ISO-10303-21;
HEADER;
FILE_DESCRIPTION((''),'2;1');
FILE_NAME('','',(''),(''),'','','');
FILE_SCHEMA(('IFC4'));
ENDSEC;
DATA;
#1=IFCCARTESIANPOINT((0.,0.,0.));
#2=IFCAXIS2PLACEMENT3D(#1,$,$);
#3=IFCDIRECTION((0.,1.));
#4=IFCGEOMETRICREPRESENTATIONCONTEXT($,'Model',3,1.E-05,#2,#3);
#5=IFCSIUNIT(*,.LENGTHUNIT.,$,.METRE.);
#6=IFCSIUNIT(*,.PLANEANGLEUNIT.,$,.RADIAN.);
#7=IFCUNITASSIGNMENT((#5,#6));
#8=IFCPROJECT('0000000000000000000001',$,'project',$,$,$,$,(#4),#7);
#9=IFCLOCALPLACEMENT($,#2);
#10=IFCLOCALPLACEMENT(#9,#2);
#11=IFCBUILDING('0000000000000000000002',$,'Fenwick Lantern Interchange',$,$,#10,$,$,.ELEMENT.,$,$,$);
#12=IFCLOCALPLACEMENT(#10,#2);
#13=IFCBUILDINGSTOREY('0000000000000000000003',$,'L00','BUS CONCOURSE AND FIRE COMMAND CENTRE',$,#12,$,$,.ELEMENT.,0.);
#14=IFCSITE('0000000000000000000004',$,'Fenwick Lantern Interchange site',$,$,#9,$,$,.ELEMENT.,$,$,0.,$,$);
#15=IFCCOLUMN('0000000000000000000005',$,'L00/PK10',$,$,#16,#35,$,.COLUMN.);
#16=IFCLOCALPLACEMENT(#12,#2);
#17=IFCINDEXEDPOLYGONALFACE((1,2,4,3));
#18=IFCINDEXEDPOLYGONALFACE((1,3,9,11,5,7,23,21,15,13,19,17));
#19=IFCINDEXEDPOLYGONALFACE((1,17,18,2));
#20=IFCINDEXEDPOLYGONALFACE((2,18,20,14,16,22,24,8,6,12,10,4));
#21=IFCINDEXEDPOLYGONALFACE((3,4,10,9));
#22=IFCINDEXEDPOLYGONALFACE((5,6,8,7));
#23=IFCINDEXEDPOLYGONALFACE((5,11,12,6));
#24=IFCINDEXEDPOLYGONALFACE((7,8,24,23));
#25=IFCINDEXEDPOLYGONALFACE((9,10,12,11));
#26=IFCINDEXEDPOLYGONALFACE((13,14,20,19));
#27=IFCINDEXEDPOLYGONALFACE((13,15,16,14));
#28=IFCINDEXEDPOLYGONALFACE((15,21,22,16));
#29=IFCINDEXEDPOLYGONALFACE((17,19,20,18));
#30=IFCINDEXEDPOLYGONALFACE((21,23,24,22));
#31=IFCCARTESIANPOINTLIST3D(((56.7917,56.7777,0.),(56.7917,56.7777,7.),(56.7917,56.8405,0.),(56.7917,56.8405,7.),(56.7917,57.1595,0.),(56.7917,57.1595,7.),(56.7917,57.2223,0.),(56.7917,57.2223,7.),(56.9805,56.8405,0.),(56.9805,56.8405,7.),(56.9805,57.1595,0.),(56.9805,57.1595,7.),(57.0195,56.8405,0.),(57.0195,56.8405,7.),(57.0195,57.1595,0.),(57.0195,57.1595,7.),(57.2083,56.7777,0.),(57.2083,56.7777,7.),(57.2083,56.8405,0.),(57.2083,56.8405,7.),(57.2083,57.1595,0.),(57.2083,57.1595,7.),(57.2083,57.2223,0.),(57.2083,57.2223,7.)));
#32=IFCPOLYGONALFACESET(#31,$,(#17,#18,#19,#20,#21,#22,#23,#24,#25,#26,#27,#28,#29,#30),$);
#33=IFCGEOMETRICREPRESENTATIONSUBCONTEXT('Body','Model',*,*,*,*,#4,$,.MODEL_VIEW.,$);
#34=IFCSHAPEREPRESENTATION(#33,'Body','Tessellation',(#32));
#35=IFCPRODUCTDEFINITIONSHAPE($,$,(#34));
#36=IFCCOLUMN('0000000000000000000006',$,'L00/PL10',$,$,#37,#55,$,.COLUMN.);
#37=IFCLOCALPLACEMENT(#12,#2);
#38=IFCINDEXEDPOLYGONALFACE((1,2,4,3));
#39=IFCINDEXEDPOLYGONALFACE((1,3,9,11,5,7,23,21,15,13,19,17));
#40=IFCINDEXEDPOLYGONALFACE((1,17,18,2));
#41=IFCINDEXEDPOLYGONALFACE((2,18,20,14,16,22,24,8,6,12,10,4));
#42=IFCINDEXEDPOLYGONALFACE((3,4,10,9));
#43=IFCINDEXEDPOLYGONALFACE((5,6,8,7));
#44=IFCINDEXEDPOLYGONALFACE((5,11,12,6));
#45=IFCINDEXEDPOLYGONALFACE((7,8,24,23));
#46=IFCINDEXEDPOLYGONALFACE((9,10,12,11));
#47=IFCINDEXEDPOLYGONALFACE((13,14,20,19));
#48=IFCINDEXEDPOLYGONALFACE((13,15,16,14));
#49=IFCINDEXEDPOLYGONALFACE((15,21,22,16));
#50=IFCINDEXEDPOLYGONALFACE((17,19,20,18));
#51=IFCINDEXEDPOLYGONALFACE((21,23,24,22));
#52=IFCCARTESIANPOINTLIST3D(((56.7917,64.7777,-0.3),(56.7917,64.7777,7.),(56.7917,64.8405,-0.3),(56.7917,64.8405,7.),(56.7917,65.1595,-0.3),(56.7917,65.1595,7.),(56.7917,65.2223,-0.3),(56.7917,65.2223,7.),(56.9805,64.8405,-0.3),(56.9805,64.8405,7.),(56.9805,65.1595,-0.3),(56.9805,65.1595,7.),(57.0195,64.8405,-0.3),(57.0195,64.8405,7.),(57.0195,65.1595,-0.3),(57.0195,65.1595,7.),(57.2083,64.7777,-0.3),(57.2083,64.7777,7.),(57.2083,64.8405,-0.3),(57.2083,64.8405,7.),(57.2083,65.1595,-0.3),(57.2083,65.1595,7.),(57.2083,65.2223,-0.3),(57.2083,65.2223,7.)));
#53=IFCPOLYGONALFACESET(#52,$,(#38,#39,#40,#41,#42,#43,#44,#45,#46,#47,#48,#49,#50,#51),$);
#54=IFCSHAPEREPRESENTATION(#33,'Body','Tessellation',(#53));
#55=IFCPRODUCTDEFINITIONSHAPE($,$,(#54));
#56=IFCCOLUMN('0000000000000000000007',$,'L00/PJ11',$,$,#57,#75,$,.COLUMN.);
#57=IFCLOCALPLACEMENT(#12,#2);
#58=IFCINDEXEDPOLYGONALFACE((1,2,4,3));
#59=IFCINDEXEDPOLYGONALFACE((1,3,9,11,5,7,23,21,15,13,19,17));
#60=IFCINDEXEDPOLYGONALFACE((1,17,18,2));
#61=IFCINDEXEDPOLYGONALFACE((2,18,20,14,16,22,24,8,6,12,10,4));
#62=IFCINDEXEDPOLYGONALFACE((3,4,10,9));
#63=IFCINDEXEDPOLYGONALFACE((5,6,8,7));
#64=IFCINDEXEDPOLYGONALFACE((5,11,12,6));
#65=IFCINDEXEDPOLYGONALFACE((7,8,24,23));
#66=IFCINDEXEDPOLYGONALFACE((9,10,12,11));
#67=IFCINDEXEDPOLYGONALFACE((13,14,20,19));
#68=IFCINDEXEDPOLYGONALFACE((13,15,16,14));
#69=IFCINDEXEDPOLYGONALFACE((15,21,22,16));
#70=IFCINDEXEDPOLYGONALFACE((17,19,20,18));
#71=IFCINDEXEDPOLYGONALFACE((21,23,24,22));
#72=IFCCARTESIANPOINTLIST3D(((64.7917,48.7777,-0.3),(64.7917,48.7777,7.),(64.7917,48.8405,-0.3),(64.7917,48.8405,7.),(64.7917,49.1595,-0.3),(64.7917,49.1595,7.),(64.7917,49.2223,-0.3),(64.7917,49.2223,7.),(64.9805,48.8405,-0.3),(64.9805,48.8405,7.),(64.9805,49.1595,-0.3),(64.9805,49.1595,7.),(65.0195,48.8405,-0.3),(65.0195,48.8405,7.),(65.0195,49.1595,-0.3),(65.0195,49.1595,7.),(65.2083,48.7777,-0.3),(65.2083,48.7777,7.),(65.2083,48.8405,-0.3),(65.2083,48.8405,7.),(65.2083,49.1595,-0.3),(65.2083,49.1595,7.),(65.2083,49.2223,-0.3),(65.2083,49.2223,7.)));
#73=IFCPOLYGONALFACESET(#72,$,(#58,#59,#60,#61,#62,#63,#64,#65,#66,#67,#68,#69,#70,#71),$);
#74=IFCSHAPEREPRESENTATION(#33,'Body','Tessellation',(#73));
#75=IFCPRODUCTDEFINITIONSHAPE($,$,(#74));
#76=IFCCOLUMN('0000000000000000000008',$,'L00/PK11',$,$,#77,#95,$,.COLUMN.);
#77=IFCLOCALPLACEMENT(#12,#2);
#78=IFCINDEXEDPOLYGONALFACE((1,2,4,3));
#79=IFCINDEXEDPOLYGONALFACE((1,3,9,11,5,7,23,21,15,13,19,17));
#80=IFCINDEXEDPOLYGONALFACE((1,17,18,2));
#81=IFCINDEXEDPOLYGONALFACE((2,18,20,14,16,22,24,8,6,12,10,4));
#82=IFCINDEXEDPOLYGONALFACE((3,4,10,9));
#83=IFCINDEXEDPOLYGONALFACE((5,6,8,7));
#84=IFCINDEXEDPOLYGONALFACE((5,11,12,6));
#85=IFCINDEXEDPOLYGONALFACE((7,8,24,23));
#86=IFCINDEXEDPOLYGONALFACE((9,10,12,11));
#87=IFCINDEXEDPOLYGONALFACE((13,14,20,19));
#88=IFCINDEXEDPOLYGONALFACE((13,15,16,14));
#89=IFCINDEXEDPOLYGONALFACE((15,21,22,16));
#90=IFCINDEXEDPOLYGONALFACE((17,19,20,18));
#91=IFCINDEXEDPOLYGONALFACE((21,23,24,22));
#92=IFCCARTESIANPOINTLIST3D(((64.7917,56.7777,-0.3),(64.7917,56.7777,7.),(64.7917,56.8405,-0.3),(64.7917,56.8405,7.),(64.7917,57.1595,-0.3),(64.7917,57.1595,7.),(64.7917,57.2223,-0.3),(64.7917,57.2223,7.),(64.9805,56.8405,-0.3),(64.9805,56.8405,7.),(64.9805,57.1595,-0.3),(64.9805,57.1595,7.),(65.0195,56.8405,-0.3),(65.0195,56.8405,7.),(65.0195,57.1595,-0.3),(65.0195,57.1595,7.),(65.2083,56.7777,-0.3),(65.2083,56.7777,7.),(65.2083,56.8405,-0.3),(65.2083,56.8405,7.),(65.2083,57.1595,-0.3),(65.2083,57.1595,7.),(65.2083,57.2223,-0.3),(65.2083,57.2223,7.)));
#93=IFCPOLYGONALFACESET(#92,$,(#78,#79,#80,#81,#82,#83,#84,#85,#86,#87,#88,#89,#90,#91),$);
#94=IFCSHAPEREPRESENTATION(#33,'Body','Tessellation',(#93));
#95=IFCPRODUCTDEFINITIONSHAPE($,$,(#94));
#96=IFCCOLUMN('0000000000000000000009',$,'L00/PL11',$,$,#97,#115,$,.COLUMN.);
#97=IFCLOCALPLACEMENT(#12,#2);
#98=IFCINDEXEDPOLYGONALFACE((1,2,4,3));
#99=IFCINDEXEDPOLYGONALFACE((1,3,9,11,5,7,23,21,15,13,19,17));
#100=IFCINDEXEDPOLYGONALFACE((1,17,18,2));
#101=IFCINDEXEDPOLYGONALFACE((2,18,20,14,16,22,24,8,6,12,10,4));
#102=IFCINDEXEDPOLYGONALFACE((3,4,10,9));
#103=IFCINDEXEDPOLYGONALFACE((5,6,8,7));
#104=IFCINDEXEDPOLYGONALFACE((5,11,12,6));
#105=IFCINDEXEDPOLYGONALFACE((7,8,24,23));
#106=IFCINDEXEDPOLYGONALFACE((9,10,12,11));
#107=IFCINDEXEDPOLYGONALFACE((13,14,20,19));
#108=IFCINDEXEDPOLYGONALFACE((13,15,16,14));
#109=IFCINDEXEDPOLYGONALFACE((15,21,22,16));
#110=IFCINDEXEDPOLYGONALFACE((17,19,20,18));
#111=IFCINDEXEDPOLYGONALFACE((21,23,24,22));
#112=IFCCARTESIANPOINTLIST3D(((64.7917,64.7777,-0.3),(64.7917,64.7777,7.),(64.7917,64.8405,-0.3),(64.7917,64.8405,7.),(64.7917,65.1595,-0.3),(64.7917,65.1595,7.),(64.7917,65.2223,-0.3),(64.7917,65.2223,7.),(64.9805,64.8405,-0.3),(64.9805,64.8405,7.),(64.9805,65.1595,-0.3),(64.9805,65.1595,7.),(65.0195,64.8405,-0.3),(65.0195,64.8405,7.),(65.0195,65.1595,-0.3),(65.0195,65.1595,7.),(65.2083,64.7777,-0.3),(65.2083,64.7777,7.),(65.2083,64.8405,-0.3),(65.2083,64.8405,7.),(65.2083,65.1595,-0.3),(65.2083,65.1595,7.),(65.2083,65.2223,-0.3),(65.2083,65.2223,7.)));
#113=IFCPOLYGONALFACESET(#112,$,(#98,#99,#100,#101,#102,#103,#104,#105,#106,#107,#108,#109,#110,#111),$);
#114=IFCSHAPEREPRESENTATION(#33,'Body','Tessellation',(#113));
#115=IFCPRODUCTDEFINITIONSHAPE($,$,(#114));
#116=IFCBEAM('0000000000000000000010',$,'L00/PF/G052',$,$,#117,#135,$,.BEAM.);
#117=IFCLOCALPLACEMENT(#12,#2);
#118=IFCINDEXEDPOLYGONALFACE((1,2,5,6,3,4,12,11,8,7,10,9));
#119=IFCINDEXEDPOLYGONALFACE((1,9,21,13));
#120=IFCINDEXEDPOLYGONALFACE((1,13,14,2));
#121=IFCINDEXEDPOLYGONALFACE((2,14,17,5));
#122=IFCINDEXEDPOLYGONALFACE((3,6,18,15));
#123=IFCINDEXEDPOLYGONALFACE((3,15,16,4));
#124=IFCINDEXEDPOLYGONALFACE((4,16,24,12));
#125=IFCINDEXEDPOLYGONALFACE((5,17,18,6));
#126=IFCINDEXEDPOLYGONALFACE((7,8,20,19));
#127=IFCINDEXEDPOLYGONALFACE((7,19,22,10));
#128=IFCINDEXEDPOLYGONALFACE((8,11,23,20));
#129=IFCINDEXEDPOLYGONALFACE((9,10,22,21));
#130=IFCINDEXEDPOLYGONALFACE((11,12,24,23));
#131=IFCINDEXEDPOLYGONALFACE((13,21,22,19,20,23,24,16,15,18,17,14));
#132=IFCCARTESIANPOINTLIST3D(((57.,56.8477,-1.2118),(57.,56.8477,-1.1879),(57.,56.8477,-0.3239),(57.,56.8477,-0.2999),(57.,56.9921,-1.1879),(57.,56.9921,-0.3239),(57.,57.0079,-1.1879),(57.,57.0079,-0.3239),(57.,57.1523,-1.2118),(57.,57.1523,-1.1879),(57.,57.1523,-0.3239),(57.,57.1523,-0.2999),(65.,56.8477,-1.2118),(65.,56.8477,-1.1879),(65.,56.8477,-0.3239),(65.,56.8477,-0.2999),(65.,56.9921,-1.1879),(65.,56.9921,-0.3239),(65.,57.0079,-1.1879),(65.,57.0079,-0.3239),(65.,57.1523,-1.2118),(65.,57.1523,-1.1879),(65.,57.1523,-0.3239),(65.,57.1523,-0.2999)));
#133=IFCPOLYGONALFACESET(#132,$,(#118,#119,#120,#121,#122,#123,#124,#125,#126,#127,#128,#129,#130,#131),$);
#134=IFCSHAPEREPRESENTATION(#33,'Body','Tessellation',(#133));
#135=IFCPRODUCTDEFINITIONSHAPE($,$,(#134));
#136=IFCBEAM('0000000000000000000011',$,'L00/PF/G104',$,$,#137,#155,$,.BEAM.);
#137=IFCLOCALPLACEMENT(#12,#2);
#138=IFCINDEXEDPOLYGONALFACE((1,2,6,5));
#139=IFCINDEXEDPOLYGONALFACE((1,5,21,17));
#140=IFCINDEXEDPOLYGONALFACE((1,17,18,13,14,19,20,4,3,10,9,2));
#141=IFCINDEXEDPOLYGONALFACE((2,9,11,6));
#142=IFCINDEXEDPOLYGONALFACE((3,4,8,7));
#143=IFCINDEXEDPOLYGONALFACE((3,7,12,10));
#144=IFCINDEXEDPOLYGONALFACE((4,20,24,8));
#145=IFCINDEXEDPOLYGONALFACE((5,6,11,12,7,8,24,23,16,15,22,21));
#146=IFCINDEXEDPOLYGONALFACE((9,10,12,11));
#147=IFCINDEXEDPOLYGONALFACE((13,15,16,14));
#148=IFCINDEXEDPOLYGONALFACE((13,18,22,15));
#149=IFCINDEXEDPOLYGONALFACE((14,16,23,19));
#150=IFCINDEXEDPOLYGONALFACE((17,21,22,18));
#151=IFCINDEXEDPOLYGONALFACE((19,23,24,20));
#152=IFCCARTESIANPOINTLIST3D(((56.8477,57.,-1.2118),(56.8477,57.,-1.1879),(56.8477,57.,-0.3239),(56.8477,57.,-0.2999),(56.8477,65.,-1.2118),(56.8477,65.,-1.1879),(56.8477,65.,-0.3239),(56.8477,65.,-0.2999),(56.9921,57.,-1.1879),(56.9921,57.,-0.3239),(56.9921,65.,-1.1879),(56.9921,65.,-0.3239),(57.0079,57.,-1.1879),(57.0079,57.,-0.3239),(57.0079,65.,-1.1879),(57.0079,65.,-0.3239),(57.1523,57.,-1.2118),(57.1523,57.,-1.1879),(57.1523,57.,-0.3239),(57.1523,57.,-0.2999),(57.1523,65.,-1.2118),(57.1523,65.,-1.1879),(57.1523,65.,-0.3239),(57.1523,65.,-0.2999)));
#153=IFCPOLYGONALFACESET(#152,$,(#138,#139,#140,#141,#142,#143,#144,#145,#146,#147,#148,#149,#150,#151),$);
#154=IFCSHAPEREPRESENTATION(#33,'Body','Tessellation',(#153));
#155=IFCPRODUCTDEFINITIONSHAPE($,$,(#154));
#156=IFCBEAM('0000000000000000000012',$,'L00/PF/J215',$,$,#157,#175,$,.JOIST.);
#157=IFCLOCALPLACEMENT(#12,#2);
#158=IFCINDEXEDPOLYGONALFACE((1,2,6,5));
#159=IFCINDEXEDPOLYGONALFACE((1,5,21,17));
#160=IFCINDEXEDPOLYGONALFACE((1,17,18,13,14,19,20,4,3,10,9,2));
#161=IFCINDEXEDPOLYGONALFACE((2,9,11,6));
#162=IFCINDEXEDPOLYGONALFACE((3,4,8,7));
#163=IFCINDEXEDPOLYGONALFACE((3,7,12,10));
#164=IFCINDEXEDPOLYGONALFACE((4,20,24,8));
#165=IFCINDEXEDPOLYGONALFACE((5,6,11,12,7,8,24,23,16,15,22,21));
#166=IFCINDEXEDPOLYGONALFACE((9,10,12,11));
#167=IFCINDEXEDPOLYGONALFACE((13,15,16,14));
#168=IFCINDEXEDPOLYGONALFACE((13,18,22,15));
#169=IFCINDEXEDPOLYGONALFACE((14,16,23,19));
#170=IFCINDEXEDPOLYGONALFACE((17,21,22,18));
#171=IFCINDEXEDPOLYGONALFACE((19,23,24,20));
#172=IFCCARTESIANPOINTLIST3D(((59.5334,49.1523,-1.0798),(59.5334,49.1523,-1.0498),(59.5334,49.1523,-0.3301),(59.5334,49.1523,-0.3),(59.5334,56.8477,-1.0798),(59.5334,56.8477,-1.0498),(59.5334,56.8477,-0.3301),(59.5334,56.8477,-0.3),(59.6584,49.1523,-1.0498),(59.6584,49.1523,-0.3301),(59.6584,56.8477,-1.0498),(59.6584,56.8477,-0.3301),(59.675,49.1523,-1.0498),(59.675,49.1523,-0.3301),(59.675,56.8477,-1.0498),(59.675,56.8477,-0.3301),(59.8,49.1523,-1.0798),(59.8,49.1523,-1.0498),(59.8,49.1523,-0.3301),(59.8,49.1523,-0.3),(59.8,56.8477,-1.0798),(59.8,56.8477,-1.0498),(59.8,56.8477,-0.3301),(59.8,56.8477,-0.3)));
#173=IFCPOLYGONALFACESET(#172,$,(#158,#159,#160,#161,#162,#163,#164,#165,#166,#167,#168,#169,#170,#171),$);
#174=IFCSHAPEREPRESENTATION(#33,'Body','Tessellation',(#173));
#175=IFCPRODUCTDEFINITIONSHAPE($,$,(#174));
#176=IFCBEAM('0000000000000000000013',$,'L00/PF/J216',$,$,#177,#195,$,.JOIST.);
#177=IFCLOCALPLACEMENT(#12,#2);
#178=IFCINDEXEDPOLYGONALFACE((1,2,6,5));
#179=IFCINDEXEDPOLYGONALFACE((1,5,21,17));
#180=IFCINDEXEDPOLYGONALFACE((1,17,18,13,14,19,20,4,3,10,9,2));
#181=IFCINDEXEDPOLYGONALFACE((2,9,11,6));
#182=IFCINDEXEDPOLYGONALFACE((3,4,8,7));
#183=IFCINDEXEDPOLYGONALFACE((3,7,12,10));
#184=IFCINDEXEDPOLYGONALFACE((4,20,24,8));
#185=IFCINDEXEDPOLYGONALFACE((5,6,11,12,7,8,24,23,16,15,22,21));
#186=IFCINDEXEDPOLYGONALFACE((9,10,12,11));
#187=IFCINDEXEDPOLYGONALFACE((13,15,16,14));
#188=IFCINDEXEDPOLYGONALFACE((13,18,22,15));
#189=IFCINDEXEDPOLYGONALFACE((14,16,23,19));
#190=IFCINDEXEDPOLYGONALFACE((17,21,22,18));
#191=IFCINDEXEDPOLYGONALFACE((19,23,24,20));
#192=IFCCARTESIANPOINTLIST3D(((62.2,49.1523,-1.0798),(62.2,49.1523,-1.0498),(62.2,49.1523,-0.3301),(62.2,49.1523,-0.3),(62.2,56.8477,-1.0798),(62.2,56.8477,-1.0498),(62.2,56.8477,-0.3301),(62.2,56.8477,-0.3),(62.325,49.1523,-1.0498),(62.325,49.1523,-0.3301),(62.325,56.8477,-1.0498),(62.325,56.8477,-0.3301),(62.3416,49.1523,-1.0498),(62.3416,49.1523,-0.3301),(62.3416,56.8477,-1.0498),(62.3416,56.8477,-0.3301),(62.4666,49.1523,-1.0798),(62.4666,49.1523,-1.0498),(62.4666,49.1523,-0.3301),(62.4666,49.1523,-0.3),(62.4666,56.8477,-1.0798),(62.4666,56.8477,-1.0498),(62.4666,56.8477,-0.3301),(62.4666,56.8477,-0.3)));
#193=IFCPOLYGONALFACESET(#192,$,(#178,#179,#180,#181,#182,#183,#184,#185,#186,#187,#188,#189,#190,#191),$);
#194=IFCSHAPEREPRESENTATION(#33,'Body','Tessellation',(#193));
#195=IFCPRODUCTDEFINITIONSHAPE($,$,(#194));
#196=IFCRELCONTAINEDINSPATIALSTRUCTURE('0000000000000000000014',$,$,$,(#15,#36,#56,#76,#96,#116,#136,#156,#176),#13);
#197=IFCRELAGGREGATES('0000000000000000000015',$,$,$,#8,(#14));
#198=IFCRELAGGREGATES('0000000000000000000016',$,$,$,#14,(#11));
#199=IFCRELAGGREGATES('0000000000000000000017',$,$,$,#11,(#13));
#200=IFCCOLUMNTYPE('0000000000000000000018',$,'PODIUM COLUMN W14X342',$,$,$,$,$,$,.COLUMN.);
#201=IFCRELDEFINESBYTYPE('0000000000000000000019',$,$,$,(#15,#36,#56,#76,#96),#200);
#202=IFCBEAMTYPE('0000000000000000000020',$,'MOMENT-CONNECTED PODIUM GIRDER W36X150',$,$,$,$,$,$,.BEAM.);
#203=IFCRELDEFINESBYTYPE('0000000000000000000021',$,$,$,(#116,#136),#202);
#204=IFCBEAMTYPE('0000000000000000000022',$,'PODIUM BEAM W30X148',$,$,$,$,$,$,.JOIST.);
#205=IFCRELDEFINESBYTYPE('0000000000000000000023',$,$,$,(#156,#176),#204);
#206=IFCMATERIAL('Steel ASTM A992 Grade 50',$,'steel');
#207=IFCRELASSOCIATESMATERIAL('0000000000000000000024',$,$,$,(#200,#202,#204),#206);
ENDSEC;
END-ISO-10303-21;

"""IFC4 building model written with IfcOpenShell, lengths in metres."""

from ifc_helpers import new_model, si_unit, direction, frame, origin, origin_2d, place, context, subcontext, project, spatial, i_section, extrude, material, material_profile, profile_set, type_object, element, save


model = new_model("IFC4")

# Units and contexts
model_context = context("Model", 3, precision=1e-05, world=origin(), true_north=direction((0.0, 1.0)))
body_context = subcontext(model_context, "Body", "Model", "MODEL_VIEW")
ifc_project = project(units=[si_unit("LENGTHUNIT", "METRE"), si_unit("PLANEANGLEUNIT", "RADIAN")], contexts=[model_context])

# Site, building, storey
site_placement = place(None, origin())
site = spatial("IfcSite", under=ifc_project, at=site_placement, Name="Fenwick Lantern Interchange site", CompositionType="ELEMENT", RefElevation=0.0)
building_placement = place(site_placement, origin())
building = spatial("IfcBuilding", under=site, at=building_placement, Name="Fenwick Lantern Interchange", CompositionType="ELEMENT")
storey_placement = place(building_placement, origin())
storey = spatial("IfcBuildingStorey", under=building, at=storey_placement, Name="L00", Description="BUS CONCOURSE AND FIRE COMMAND CENTRE", CompositionType="ELEMENT", Elevation=0.0)

# Columns
ifc_material_1 = material(Name="Steel ASTM A992 Grade 50", Category="steel")
ifc_material_profile_1 = material_profile(ifc_material_1, i_section(OverallWidth=0.4165, OverallDepth=0.4446, WebThickness=0.0391, FlangeThickness=0.0627, at=origin_2d()), Name="W14X342")
ifc_profile_set_1 = profile_set([ifc_material_profile_1], Name="Steel ASTM A992 Grade 50")
column_type = type_object("IfcColumnType", Name="PODIUM COLUMN W14X342", PredefinedType="COLUMN", material=ifc_profile_set_1)
column_placement = place(storey_placement, frame((57.0, 57.0, 0.0), z_axis=(0.0, 0.0, 1.0), x_axis=(1.0, 0.0, 0.0)))
element("IfcColumn", 1, at=column_placement, inside=storey, type_object=column_type, Name="L00/PK10", PredefinedType="COLUMN", context=body_context, shape_type="SweptSolid", body=[
    extrude(i_section(OverallWidth=0.4165, OverallDepth=0.4446, WebThickness=0.0391, FlangeThickness=0.0627, at=origin_2d()), origin(), (0.0, 0.0, 1.0), 7.0),
])
for number, where, z_axis, x_axis, name in (
    (2, (57.0, 65.0, -0.3), (0.0, 0.0, 1.0), (1.0, 0.0, 0.0), "L00/PL10"),
    (3, (65.0, 49.0, -0.3), (0.0, 0.0, 1.0), (1.0, 0.0, 0.0), "L00/PJ11"),
    (4, (65.0, 57.0, -0.3), (0.0, 0.0, 1.0), (1.0, 0.0, 0.0), "L00/PK11"),
    (5, (65.0, 65.0, -0.3), (0.0, 0.0, 1.0), (1.0, 0.0, 0.0), "L00/PL11"),
):
    element("IfcColumn", number, at=place(storey_placement, frame(where, z_axis=z_axis, x_axis=x_axis)), inside=storey, type_object=column_type, Name=name, PredefinedType="COLUMN", context=body_context, shape_type="SweptSolid", body=[
        extrude(i_section(OverallWidth=0.4165, OverallDepth=0.4446, WebThickness=0.0391, FlangeThickness=0.0627, at=origin_2d()), origin(), (0.0, 0.0, 1.0), 7.3),
    ])

# Beams
ifc_material_profile_2 = material_profile(ifc_material_1, i_section(OverallWidth=0.3047, OverallDepth=0.9119, WebThickness=0.0159, FlangeThickness=0.0239, at=origin_2d()), Name="W36X150")
ifc_profile_set_2 = profile_set([ifc_material_profile_2], Name="Steel ASTM A992 Grade 50")
beam_type_1 = type_object("IfcBeamType", Name="MOMENT-CONNECTED PODIUM GIRDER W36X150", PredefinedType="BEAM", material=ifc_profile_set_2)
for number, where, z_axis, x_axis, name in (
    (6, (57.0, 57.0, -0.7559), (1.0, 0.0, 0.0), (0.0, 1.0, 0.0), "L00/PF/G052"),
    (7, (57.0, 57.0, -0.7559), (0.0, 1.0, 0.0), (-1.0, 0.0, 0.0), "L00/PF/G104"),
):
    element("IfcBeam", number, at=place(storey_placement, frame(where, z_axis=z_axis, x_axis=x_axis)), inside=storey, type_object=beam_type_1, Name=name, PredefinedType="BEAM", context=body_context, shape_type="SweptSolid", body=[
        extrude(i_section(OverallWidth=0.3047, OverallDepth=0.9119, WebThickness=0.0159, FlangeThickness=0.0239, at=origin_2d()), origin(), (0.0, 0.0, 1.0), 8.0),
    ])
ifc_material_profile_3 = material_profile(ifc_material_1, i_section(OverallWidth=0.2666, OverallDepth=0.7798, WebThickness=0.0166, FlangeThickness=0.03, at=origin_2d()), Name="W30X148")
ifc_profile_set_3 = profile_set([ifc_material_profile_3], Name="Steel ASTM A992 Grade 50")
beam_type_2 = type_object("IfcBeamType", Name="PODIUM BEAM W30X148", PredefinedType="JOIST", material=ifc_profile_set_3)
for number, where, z_axis, x_axis, name in (
    (8, (59.6667, 49.1523, -0.6899), (0.0, 1.0, 0.0), (-1.0, 0.0, 0.0), "L00/PF/J215"),
    (9, (62.3333, 49.1523, -0.6899), (0.0, 1.0, 0.0), (-1.0, 0.0, 0.0), "L00/PF/J216"),
):
    element("IfcBeam", number, at=place(storey_placement, frame(where, z_axis=z_axis, x_axis=x_axis)), inside=storey, type_object=beam_type_2, Name=name, PredefinedType="JOIST", context=body_context, shape_type="SweptSolid", body=[
        extrude(i_section(OverallWidth=0.2666, OverallDepth=0.7798, WebThickness=0.0166, FlangeThickness=0.03, at=origin_2d()), origin(), (0.0, 0.0, 1.0), 7.6953),
    ])

save(model, "model.ifc")
